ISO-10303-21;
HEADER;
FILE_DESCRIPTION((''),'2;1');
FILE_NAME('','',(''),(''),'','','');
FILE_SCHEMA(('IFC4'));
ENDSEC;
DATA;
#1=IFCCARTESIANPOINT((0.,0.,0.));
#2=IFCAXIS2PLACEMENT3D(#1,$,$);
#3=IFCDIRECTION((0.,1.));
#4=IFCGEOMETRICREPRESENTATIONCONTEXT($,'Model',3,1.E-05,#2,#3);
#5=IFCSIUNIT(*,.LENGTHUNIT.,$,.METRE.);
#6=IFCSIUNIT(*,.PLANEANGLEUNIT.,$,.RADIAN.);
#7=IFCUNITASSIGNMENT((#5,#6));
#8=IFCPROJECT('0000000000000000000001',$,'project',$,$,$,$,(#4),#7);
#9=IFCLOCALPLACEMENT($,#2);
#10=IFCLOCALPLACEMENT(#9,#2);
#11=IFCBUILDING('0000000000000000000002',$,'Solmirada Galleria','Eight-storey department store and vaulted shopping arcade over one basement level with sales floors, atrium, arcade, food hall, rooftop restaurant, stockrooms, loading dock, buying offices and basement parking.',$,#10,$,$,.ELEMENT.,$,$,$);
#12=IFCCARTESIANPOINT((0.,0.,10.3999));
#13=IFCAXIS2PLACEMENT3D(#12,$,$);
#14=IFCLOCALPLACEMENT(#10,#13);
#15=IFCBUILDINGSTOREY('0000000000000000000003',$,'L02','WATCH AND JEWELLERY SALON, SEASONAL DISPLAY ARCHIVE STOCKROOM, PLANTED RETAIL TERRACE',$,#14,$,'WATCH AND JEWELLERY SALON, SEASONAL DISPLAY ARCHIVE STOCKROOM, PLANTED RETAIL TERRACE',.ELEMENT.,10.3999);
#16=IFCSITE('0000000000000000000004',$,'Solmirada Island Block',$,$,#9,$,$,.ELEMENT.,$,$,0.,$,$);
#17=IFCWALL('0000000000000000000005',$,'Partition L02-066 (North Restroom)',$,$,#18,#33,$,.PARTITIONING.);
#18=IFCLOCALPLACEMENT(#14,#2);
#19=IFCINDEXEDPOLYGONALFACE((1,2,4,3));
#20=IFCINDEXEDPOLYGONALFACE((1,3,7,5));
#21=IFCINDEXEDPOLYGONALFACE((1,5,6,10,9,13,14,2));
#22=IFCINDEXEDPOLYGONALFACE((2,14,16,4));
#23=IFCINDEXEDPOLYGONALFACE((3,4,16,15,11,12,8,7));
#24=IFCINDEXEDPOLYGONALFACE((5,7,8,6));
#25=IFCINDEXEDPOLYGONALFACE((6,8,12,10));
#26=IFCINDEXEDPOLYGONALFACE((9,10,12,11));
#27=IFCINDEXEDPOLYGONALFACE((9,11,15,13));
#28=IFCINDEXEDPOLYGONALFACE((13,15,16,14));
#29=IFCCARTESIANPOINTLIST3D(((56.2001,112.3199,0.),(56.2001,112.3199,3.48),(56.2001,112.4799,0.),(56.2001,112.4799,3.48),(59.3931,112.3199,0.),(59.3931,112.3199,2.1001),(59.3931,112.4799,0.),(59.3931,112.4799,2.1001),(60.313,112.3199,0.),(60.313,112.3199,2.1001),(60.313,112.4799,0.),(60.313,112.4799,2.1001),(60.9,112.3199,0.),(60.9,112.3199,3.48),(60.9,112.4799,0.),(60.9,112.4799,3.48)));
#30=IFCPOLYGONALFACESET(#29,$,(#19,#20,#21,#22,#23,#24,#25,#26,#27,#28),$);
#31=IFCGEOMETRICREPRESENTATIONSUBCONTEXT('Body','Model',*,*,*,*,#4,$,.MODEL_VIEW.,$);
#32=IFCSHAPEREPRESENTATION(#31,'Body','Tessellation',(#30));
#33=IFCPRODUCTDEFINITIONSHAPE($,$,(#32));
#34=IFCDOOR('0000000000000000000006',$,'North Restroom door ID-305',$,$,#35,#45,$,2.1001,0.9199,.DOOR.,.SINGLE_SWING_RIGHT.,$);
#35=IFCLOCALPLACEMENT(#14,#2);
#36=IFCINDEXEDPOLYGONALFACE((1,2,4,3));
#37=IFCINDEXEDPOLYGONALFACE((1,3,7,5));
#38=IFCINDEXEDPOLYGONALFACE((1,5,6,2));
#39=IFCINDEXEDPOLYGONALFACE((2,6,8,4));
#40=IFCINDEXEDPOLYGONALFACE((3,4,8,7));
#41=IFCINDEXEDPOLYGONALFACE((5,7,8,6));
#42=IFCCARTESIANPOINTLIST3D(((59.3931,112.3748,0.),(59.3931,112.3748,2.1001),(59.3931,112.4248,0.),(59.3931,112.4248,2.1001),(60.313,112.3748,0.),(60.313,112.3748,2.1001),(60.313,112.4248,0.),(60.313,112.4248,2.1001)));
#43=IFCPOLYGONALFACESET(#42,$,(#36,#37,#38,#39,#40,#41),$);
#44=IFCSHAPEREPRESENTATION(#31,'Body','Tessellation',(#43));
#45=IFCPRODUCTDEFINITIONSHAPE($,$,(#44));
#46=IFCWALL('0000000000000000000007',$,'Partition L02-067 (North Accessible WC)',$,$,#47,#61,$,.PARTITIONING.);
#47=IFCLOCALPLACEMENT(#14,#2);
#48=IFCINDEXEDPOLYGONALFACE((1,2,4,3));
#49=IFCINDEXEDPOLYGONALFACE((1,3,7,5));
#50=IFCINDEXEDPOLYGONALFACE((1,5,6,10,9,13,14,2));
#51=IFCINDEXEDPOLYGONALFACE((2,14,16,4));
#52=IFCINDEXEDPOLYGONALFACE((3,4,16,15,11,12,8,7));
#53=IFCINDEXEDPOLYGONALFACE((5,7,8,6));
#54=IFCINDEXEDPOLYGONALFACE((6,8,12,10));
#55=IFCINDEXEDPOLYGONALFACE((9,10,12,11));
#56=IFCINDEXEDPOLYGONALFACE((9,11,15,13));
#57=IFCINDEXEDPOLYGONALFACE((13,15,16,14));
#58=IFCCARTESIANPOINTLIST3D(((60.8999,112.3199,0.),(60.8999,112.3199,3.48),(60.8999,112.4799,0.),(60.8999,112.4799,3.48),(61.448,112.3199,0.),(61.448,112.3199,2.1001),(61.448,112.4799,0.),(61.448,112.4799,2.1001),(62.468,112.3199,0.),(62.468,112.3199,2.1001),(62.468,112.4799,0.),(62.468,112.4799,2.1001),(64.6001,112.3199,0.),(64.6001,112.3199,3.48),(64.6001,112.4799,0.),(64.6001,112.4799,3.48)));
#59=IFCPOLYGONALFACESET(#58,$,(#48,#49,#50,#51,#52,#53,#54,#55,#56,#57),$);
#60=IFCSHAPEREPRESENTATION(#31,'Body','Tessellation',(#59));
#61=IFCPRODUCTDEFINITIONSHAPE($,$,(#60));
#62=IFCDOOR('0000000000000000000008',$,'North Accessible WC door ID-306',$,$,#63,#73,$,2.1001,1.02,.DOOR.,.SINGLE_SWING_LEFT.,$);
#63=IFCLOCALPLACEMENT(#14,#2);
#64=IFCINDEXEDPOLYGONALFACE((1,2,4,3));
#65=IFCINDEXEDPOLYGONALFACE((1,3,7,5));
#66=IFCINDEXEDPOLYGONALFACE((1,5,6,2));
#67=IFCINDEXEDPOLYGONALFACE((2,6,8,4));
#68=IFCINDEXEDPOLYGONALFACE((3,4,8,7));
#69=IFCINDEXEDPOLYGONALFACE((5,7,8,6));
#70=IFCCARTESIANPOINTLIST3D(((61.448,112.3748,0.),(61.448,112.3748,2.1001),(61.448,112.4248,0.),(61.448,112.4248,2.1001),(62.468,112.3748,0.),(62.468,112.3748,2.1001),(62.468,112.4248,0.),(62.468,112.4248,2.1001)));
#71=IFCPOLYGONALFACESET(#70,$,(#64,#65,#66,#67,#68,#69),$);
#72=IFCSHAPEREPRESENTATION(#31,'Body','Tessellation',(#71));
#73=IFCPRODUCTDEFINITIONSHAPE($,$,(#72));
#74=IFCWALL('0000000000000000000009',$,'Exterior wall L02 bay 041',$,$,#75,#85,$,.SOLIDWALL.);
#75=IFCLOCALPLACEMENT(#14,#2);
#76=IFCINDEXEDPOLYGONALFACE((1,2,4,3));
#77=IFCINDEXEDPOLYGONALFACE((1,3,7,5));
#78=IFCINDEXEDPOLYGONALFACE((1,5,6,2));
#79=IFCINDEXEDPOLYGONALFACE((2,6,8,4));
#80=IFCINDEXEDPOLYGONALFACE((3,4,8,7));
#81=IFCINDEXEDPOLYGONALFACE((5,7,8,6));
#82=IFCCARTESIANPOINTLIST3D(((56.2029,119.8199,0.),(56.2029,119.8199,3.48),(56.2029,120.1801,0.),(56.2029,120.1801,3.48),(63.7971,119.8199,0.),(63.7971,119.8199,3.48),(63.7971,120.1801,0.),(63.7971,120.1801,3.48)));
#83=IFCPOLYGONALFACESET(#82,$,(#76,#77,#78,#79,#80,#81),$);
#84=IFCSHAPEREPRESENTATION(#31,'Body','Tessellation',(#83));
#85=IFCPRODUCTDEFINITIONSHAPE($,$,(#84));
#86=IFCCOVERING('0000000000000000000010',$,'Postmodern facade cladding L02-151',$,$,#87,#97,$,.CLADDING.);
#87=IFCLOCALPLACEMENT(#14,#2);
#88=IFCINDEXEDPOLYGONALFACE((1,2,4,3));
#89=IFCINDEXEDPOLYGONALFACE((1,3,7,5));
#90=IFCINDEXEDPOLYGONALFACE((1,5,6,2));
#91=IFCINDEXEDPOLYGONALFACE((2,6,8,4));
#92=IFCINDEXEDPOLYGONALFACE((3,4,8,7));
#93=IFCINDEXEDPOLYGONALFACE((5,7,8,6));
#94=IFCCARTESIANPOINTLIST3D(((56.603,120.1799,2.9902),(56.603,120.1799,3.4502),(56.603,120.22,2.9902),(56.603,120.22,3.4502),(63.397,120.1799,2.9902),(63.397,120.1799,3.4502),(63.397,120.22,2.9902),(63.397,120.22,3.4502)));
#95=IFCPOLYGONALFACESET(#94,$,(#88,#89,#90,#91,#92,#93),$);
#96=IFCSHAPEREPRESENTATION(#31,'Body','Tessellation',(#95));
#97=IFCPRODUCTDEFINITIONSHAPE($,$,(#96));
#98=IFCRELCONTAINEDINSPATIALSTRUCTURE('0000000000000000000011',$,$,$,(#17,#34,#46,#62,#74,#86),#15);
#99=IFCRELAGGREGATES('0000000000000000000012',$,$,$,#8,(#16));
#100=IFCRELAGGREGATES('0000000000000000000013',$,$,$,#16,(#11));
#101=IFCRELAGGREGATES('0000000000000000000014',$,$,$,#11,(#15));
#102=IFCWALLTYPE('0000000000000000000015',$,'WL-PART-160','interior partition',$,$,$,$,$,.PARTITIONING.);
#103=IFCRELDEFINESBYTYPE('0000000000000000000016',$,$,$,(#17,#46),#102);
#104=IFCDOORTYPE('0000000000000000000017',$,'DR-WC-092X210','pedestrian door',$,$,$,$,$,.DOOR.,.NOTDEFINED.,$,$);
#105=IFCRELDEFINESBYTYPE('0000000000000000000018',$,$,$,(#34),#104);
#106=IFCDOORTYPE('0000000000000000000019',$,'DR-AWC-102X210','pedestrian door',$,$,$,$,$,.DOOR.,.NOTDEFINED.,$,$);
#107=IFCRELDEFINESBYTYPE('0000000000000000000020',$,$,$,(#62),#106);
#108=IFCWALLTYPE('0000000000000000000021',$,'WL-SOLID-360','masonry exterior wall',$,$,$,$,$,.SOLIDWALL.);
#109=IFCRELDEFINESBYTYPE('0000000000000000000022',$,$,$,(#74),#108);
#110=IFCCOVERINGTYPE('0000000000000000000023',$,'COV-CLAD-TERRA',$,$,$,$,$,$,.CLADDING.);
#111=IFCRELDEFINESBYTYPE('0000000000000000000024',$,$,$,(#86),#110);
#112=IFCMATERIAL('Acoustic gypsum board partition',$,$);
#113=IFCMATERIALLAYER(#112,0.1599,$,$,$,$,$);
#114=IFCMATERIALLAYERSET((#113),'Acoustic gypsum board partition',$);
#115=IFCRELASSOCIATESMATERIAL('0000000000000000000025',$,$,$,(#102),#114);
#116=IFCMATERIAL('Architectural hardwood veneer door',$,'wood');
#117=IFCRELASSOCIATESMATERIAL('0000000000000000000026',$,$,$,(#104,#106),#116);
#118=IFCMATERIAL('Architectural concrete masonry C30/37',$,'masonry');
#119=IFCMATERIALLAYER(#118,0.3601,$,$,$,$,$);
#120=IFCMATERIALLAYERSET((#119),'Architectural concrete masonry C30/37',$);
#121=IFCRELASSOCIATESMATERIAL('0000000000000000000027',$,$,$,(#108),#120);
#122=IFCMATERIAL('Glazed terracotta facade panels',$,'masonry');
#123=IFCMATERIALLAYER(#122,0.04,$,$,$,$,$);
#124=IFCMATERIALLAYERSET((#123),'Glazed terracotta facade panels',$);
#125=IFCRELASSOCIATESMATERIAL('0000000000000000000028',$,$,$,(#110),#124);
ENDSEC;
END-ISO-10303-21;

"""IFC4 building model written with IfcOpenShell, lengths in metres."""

from ifc_helpers import new_model, si_unit, direction, frame, frame_2d, origin, origin_2d, place, context, subcontext, project, spatial, rectangle, extrude, material, layer, layer_set, type_object, element, fill, save


model = new_model("IFC4")

# Units and contexts
model_context = context("Model", 3, precision=1e-05, world=origin(), true_north=direction((0.0, 1.0)))
body_context = subcontext(model_context, "Body", "Model", "MODEL_VIEW")
ifc_project = project(units=[si_unit("LENGTHUNIT", "METRE"), si_unit("PLANEANGLEUNIT", "RADIAN")], contexts=[model_context])

# Site, building, storey
site_placement = place(None, origin())
site = spatial("IfcSite", under=ifc_project, at=site_placement, Name="Solmirada Island Block", CompositionType="ELEMENT", RefElevation=0.0)
building_placement = place(site_placement, origin())
building = spatial("IfcBuilding", under=site, at=building_placement, Name="Solmirada Galleria", Description="Eight-storey department store and vaulted shopping arcade over one basement level with sales floors, atrium, arcade, food hall, rooftop restaurant, stockrooms, loading dock, buying offices and basement parking.", CompositionType="ELEMENT")
storey_placement = place(building_placement, frame((0.0, 0.0, 10.3999)))
storey = spatial("IfcBuildingStorey", under=building, at=storey_placement, Name="L02", Description="WATCH AND JEWELLERY SALON, SEASONAL DISPLAY ARCHIVE STOCKROOM, PLANTED RETAIL TERRACE", LongName="WATCH AND JEWELLERY SALON, SEASONAL DISPLAY ARCHIVE STOCKROOM, PLANTED RETAIL TERRACE", CompositionType="ELEMENT", Elevation=10.3999)

# Shared definitions
ifc_material_1 = material(Name="Acoustic gypsum board partition")

# Walls, openings, doors
ifc_layer_1 = layer(ifc_material_1, 0.1599)
ifc_layer_set_1 = layer_set([ifc_layer_1], Name="Acoustic gypsum board partition")
wall_type_1 = type_object("IfcWallType", Name="WL-PART-160", Description="interior partition", PredefinedType="PARTITIONING", material=ifc_layer_set_1)
wall_1_placement = place(storey_placement, frame((56.2, 112.3999, 0.0), z_axis=(0.0, 0.0, 1.0), x_axis=(1.0, 0.0, 0.0)))
wall_1 = element("IfcWall", 1, at=wall_1_placement, inside=storey, type_object=wall_type_1, Name="Partition L02-066 (North Restroom)", PredefinedType="PARTITIONING", context=body_context, shape_type="SweptSolid", body=[
    extrude(rectangle(XDim=4.7, YDim=0.1599, at=frame_2d((2.3501, 0.0))), origin(), (0.0, 0.0, 1.0), 3.48),
])
opening_1_placement = place(wall_1_placement, frame((3.1931, 0.0, 0.0)))
opening_1 = element("IfcOpeningElement", 2, at=opening_1_placement, cuts=wall_1, PredefinedType="OPENING", context=body_context, shape_type="SweptSolid", body=[
    extrude(rectangle(XDim=0.9199, YDim=2.1001, at=frame_2d((0.46, 1.05))), frame((0.0, 0.0898, 0.0), z_axis=(0.0, -1.0, 0.0), x_axis=(1.0, 0.0, 0.0)), (0.0, 0.0, 1.0), 0.1799),
])
ifc_material_2 = material(Name="Architectural hardwood veneer door", Category="wood")
door_type_1 = type_object("IfcDoorType", Name="DR-WC-092X210", Description="pedestrian door", OperationType="NOTDEFINED", PredefinedType="DOOR", material=ifc_material_2)
door_1_placement = place(opening_1_placement, origin())
door_1 = element("IfcDoor", 3, at=door_1_placement, inside=storey, type_object=door_type_1, Name="North Restroom door ID-305", OperationType="SINGLE_SWING_RIGHT", OverallHeight=2.1001, OverallWidth=0.9199, PredefinedType="DOOR", context=body_context, shape_type="SweptSolid", body=[
    extrude(rectangle(XDim=0.9199, YDim=2.1001, at=frame_2d((0.46, 1.05))), frame((0.0, 0.0249, 0.0), z_axis=(0.0, -1.0, 0.0), x_axis=(1.0, 0.0, 0.0)), (0.0, 0.0, 1.0), 0.05),
])
fill(opening_1, door_1)
wall_2_placement = place(storey_placement, frame((60.8999, 112.3999, 0.0), z_axis=(0.0, 0.0, 1.0), x_axis=(1.0, 0.0, 0.0)))
wall_2 = element("IfcWall", 4, at=wall_2_placement, inside=storey, type_object=wall_type_1, Name="Partition L02-067 (North Accessible WC)", PredefinedType="PARTITIONING", context=body_context, shape_type="SweptSolid", body=[
    extrude(rectangle(XDim=3.7002, YDim=0.1599, at=frame_2d((1.8501, 0.0))), origin(), (0.0, 0.0, 1.0), 3.48),
])
opening_2_placement = place(wall_2_placement, frame((0.5481, 0.0, 0.0)))
opening_2 = element("IfcOpeningElement", 5, at=opening_2_placement, cuts=wall_2, PredefinedType="OPENING", context=body_context, shape_type="SweptSolid", body=[
    extrude(rectangle(XDim=1.02, YDim=2.1001, at=frame_2d((0.51, 1.05))), frame((0.0, 0.0898, 0.0), z_axis=(0.0, -1.0, 0.0), x_axis=(1.0, 0.0, 0.0)), (0.0, 0.0, 1.0), 0.1799),
])
door_type_2 = type_object("IfcDoorType", Name="DR-AWC-102X210", Description="pedestrian door", OperationType="NOTDEFINED", PredefinedType="DOOR", material=ifc_material_2)
door_2_placement = place(opening_2_placement, origin())
door_2 = element("IfcDoor", 6, at=door_2_placement, inside=storey, type_object=door_type_2, Name="North Accessible WC door ID-306", OperationType="SINGLE_SWING_LEFT", OverallHeight=2.1001, OverallWidth=1.02, PredefinedType="DOOR", context=body_context, shape_type="SweptSolid", body=[
    extrude(rectangle(XDim=1.02, YDim=2.1001, at=frame_2d((0.51, 1.05))), frame((0.0, 0.0249, 0.0), z_axis=(0.0, -1.0, 0.0), x_axis=(1.0, 0.0, 0.0)), (0.0, 0.0, 1.0), 0.05),
])
fill(opening_2, door_2)

# Wall
ifc_material_3 = material(Name="Architectural concrete masonry C30/37", Category="masonry")
ifc_layer_2 = layer(ifc_material_3, 0.3601)
ifc_layer_set_2 = layer_set([ifc_layer_2], Name="Architectural concrete masonry C30/37")
wall_type_2 = type_object("IfcWallType", Name="WL-SOLID-360", Description="masonry exterior wall", PredefinedType="SOLIDWALL", material=ifc_layer_set_2)
wall_3_placement = place(storey_placement, frame((56.2029, 120.0, 0.0), z_axis=(0.0, 0.0, 1.0), x_axis=(1.0, 0.0, 0.0)))
element("IfcWall", 7, at=wall_3_placement, inside=storey, type_object=wall_type_2, Name="Exterior wall L02 bay 041", PredefinedType="SOLIDWALL", context=body_context, shape_type="SweptSolid", body=[
    extrude(rectangle(XDim=7.5942, YDim=0.3601, at=frame_2d((3.7971, 0.0))), origin(), (0.0, 0.0, 1.0), 3.48),
])

# Covering
ifc_material_4 = material(Name="Glazed terracotta facade panels", Category="masonry")
ifc_layer_3 = layer(ifc_material_4, 0.04)
ifc_layer_set_3 = layer_set([ifc_layer_3], Name="Glazed terracotta facade panels")
covering_type = type_object("IfcCoveringType", Name="COV-CLAD-TERRA", PredefinedType="CLADDING", material=ifc_layer_set_3)
covering_placement = place(storey_placement, frame((60.0, 120.2, 2.9902), z_axis=(0.0, 0.0, 1.0), x_axis=(1.0, 0.0, 0.0)))
element("IfcCovering", 8, at=covering_placement, inside=storey, type_object=covering_type, Name="Postmodern facade cladding L02-151", PredefinedType="CLADDING", context=body_context, shape_type="SweptSolid", body=[
    extrude(rectangle(XDim=6.7939, YDim=0.04, at=origin_2d()), origin(), (0.0, 0.0, 1.0), 0.46),
])

save(model, "model.ifc")
